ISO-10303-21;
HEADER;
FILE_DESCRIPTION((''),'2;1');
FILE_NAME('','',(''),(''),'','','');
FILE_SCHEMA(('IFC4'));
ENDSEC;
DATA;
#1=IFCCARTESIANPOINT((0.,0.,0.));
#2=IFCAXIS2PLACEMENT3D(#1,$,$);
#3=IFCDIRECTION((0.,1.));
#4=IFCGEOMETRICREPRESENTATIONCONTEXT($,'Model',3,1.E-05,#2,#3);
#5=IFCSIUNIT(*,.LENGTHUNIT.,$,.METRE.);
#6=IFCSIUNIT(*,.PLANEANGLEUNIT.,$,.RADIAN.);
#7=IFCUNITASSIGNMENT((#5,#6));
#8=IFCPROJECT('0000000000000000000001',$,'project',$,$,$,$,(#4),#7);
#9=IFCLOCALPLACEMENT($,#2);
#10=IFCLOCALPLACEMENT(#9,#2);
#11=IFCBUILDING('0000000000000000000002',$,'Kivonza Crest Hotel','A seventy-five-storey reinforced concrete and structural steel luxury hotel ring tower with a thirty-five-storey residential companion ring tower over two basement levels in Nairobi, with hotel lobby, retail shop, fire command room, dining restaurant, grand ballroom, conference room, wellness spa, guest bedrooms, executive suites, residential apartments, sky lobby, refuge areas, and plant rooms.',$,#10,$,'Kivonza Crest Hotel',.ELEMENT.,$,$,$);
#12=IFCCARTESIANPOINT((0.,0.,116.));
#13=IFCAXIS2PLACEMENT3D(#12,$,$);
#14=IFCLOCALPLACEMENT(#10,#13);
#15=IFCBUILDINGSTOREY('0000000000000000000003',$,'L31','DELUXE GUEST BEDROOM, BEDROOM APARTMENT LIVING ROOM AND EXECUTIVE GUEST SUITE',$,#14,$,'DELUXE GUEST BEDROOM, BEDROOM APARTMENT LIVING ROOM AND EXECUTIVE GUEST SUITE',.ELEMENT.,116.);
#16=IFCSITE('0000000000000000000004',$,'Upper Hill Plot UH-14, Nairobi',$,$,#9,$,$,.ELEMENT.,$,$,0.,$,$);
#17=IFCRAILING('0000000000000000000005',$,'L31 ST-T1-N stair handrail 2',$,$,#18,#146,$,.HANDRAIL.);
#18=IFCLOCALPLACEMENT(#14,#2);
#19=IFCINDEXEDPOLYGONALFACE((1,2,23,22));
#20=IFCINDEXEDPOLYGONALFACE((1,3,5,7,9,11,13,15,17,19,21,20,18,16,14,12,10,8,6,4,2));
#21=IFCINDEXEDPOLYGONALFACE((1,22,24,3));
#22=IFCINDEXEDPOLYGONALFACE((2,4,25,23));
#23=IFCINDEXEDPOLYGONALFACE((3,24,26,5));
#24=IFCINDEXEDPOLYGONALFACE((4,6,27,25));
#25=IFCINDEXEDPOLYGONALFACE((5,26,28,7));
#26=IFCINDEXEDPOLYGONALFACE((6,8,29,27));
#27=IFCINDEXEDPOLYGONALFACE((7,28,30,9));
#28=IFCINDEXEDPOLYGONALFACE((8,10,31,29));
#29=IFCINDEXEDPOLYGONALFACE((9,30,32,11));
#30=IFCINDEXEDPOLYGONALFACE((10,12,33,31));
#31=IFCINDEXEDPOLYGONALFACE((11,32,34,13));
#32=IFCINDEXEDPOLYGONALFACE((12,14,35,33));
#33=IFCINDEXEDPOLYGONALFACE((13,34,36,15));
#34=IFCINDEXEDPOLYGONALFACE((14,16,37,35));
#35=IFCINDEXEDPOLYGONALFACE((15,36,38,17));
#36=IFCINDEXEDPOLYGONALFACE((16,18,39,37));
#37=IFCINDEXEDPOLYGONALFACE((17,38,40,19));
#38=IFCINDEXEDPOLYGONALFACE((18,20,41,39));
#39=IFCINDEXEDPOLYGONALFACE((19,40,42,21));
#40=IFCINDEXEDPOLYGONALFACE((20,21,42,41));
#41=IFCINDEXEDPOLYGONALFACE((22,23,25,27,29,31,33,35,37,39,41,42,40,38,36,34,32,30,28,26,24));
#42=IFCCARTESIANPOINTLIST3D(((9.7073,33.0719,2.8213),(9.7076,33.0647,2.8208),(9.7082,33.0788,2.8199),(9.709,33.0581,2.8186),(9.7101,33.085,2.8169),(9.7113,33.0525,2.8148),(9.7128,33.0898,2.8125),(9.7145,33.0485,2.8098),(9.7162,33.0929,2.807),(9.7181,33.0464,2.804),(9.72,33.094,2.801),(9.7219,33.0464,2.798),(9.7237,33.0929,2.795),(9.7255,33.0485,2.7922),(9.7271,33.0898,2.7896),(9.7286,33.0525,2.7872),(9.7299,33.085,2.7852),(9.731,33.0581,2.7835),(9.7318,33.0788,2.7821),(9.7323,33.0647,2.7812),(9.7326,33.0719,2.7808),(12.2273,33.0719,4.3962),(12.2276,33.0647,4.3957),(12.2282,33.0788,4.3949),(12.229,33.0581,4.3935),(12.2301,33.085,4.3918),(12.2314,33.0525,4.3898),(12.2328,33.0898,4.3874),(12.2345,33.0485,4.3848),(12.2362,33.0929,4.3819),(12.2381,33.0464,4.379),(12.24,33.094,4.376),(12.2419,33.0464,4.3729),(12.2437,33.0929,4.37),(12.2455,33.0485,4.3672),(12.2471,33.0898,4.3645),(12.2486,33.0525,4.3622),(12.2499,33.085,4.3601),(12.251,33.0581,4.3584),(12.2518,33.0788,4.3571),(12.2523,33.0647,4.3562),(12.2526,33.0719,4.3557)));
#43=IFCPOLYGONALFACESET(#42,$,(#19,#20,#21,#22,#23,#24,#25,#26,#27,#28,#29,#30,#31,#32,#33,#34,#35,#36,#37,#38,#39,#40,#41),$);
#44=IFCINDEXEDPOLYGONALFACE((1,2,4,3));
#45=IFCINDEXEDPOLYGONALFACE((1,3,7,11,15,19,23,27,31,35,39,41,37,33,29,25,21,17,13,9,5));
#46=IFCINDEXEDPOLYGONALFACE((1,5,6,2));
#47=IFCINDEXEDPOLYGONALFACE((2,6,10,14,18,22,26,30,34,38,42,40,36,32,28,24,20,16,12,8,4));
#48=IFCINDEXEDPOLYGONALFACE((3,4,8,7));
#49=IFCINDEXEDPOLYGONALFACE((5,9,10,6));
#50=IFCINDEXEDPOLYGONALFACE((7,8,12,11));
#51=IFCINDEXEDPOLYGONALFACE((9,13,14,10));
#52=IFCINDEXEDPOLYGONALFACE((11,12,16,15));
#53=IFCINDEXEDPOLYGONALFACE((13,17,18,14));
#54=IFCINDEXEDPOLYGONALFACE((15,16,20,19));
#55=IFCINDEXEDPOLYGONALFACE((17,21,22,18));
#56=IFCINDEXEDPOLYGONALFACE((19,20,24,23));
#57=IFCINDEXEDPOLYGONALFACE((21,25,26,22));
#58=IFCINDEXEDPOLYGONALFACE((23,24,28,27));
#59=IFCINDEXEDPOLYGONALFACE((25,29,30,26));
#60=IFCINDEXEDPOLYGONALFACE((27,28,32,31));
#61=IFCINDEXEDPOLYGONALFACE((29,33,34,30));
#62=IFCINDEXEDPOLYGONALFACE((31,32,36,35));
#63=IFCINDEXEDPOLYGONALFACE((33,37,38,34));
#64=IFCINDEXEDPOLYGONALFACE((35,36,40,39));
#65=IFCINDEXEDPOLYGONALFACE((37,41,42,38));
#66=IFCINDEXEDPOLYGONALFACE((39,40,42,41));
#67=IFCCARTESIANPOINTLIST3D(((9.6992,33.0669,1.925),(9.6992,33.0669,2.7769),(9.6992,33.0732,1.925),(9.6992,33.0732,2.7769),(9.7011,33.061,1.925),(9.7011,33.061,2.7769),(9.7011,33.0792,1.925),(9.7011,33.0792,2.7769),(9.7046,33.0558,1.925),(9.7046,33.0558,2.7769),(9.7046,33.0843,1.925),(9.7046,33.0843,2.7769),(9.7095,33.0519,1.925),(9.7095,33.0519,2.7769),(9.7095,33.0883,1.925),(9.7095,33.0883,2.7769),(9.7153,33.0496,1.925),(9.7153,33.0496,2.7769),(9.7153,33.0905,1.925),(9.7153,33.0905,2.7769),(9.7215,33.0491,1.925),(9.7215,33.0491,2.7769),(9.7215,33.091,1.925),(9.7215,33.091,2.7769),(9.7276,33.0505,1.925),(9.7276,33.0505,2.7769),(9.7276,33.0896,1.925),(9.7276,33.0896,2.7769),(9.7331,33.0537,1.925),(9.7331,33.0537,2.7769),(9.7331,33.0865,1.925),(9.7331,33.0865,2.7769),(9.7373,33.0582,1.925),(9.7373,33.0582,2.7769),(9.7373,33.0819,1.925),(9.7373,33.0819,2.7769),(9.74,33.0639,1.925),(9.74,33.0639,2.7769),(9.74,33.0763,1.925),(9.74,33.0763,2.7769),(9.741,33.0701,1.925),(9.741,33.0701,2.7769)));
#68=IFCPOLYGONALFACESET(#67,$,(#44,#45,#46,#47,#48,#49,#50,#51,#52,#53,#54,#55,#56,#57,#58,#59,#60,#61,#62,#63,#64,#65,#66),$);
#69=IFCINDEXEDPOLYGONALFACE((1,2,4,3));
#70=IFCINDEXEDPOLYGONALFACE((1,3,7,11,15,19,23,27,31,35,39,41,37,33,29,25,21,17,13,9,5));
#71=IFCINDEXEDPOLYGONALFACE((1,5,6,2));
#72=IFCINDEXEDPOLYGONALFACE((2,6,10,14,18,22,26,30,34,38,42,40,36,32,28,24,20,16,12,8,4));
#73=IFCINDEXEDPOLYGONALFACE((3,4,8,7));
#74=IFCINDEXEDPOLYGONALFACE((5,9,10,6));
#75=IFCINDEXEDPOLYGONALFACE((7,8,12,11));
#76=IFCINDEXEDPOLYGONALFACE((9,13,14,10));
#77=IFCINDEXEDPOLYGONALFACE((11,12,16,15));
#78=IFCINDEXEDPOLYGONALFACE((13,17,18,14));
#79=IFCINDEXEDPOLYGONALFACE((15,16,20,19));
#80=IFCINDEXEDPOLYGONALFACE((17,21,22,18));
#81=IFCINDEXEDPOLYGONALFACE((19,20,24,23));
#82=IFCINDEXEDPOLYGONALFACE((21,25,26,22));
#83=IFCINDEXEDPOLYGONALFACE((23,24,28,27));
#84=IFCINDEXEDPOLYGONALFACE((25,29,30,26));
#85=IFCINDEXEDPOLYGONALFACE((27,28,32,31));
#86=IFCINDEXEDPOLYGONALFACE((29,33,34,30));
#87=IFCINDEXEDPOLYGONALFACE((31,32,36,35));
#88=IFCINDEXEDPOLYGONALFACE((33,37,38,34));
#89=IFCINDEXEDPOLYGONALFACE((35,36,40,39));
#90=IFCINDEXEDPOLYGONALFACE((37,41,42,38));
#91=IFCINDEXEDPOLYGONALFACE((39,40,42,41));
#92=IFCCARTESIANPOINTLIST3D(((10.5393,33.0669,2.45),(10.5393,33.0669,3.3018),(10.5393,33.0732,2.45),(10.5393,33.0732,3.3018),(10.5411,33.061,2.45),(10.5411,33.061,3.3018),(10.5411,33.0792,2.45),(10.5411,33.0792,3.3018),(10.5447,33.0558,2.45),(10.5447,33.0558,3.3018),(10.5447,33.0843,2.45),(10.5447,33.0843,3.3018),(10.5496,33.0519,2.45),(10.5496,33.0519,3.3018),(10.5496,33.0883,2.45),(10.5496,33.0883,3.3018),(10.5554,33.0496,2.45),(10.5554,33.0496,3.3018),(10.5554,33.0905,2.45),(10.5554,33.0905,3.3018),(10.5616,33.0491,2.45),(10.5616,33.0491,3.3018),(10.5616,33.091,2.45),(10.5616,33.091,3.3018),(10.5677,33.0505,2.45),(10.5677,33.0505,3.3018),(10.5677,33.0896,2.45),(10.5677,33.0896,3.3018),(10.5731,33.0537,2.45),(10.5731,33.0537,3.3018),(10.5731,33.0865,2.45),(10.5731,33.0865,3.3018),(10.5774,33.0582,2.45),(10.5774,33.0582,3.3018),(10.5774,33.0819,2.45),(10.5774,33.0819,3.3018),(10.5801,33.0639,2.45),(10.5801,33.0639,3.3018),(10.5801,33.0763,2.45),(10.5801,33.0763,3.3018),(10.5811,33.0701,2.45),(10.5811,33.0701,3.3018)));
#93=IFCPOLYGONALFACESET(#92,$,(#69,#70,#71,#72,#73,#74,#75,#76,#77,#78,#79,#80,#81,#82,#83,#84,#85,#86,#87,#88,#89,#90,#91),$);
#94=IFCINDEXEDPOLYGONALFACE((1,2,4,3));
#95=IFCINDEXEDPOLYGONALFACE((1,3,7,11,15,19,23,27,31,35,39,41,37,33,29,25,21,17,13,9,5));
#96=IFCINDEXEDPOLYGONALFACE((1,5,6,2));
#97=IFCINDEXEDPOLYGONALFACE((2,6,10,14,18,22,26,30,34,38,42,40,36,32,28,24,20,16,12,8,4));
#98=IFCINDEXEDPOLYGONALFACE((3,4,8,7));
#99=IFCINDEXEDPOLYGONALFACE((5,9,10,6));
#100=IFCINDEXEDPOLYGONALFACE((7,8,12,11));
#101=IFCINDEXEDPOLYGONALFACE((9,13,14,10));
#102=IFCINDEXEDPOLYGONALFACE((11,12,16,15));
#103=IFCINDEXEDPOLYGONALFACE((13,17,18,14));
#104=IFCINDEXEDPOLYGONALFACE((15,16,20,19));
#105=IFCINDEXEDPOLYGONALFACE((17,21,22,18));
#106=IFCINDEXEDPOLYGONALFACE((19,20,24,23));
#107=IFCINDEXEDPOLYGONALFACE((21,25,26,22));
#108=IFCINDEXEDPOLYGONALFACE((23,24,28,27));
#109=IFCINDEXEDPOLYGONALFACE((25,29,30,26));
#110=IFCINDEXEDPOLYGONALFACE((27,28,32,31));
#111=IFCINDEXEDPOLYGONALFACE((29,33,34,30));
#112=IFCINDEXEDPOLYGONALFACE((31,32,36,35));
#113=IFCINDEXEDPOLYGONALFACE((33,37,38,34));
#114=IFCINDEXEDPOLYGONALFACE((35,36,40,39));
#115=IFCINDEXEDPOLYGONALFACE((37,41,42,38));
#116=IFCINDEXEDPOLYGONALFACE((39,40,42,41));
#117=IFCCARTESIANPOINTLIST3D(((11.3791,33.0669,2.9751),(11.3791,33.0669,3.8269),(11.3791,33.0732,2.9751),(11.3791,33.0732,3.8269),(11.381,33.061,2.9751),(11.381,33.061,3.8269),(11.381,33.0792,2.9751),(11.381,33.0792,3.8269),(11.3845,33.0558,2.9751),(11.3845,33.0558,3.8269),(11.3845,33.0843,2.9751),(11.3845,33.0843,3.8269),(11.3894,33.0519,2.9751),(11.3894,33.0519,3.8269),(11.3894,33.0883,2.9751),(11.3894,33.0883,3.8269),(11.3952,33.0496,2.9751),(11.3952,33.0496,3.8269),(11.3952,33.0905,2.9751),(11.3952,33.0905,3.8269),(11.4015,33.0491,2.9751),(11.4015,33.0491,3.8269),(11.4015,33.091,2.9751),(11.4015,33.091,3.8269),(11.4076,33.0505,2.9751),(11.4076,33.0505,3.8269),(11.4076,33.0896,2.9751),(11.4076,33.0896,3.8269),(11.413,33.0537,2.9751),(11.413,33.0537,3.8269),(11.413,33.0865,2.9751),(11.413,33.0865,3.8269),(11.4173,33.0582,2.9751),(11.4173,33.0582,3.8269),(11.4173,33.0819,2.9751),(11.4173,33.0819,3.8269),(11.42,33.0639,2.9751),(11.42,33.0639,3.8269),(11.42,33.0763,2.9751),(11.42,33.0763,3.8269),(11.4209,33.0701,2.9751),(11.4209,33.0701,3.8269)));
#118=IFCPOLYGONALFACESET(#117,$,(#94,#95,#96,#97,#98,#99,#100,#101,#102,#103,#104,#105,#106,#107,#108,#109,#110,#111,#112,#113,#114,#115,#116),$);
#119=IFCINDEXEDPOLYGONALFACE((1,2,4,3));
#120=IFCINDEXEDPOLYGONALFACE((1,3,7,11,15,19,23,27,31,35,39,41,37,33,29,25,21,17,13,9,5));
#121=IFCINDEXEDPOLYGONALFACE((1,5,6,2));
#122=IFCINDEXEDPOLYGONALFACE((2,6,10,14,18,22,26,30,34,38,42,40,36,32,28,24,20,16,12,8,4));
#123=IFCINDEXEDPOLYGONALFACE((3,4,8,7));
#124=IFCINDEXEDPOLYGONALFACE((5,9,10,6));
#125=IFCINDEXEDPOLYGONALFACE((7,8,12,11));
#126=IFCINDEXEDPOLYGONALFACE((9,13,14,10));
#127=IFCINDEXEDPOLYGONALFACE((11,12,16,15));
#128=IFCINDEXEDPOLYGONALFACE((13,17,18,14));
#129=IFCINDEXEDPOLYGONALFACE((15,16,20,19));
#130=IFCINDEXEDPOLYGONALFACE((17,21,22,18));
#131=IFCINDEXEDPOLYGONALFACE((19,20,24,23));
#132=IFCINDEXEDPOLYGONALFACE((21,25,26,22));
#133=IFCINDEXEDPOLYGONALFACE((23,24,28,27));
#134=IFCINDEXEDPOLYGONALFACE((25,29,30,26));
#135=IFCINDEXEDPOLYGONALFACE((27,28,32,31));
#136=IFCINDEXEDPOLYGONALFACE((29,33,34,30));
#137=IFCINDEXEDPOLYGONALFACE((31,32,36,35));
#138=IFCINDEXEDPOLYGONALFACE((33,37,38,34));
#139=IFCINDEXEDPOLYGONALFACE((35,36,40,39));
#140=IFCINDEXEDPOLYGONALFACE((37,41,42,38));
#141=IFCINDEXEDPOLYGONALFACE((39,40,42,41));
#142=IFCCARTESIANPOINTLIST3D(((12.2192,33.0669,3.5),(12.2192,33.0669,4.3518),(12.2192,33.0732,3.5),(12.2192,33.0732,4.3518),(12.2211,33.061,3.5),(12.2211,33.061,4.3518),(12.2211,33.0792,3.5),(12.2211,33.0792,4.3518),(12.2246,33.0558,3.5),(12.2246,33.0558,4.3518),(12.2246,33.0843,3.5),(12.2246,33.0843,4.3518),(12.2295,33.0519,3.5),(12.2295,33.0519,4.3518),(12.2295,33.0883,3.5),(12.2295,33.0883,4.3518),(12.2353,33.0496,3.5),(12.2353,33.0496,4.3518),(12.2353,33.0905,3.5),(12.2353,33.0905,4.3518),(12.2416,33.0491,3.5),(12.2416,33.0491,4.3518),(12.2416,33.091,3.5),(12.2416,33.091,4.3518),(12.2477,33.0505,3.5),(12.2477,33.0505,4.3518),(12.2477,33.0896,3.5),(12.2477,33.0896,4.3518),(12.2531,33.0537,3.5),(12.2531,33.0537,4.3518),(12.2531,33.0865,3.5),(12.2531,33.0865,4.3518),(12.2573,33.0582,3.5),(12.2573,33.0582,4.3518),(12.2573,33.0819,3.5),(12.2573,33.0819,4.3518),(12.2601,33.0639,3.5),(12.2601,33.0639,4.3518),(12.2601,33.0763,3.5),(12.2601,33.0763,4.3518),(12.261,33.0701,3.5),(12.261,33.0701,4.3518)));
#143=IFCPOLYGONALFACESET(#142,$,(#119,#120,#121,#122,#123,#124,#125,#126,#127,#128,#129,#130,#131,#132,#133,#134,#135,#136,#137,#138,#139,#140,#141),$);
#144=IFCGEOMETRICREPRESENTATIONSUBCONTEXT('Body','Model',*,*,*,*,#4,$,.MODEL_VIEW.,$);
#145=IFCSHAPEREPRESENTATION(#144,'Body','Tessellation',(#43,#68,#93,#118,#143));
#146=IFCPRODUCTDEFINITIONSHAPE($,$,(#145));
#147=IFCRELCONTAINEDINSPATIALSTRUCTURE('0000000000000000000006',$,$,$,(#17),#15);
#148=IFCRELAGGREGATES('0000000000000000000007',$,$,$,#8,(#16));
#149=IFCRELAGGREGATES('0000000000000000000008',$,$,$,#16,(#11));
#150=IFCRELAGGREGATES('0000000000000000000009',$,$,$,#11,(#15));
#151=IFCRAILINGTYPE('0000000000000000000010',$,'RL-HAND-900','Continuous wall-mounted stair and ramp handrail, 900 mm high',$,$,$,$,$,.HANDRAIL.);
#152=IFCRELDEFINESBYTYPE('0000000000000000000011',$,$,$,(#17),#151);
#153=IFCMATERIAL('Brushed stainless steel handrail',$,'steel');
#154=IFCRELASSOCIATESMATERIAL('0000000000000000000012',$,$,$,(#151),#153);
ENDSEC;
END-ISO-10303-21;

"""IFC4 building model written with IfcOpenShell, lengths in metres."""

from ifc_helpers import new_model, si_unit, direction, frame, origin, origin_2d, place, context, subcontext, project, spatial, circle, extrude, material, type_object, element, save


model = new_model("IFC4")

# Units and contexts
model_context = context("Model", 3, precision=1e-05, world=origin(), true_north=direction((0.0, 1.0)))
body_context = subcontext(model_context, "Body", "Model", "MODEL_VIEW")
ifc_project = project(units=[si_unit("LENGTHUNIT", "METRE"), si_unit("PLANEANGLEUNIT", "RADIAN")], contexts=[model_context])

# Site, building, storey
site_placement = place(None, origin())
site = spatial("IfcSite", under=ifc_project, at=site_placement, Name="Upper Hill Plot UH-14, Nairobi", CompositionType="ELEMENT", RefElevation=0.0)
building_placement = place(site_placement, origin())
building = spatial("IfcBuilding", under=site, at=building_placement, Name="Kivonza Crest Hotel", Description="A seventy-five-storey reinforced concrete and structural steel luxury hotel ring tower with a thirty-five-storey residential companion ring tower over two basement levels in Nairobi, with hotel lobby, retail shop, fire command room, dining restaurant, grand ballroom, conference room, wellness spa, guest bedrooms, executive suites, residential apartments, sky lobby, refuge areas, and plant rooms.", LongName="Kivonza Crest Hotel", CompositionType="ELEMENT")
storey_placement = place(building_placement, frame((0.0, 0.0, 116.0)))
storey = spatial("IfcBuildingStorey", under=building, at=storey_placement, Name="L31", Description="DELUXE GUEST BEDROOM, BEDROOM APARTMENT LIVING ROOM AND EXECUTIVE GUEST SUITE", LongName="DELUXE GUEST BEDROOM, BEDROOM APARTMENT LIVING ROOM AND EXECUTIVE GUEST SUITE", CompositionType="ELEMENT", Elevation=116.0)

# Railing
ifc_material_1 = material(Name="Brushed stainless steel handrail", Category="steel")
railing_type_1 = type_object("IfcRailingType", Name="RL-HAND-900", Description="Continuous wall-mounted stair and ramp handrail, 900 mm high", PredefinedType="HANDRAIL", material=ifc_material_1)
railing_1_placement = place(storey_placement, frame((9.72, 33.0701, 1.925)))
element("IfcRailing", 1, at=railing_1_placement, inside=storey, type_object=railing_type_1, Name="L31 ST-T1-N stair handrail 2", PredefinedType="HANDRAIL", context=body_context, shape_type="SweptSolid", body=[
    extrude(circle(Radius=0.0239, at=origin_2d()), frame((0.0, 0.0, 0.876), z_axis=(0.848008, 0.0, 0.529984), x_axis=(0.0, 1.0, 0.0)), (0.0, 0.0, 1.0), 2.9717),
    extrude(circle(Radius=0.021, at=origin_2d()), origin(), (0.0, 0.0, 1.0), 0.8518),
    extrude(circle(Radius=0.021, at=origin_2d()), frame((0.8401, 0.0, 0.5249)), (0.0, 0.0, 1.0), 0.8518),
    extrude(circle(Radius=0.021, at=origin_2d()), frame((1.6799, 0.0, 1.05)), (0.0, 0.0, 1.0), 0.8518),
    extrude(circle(Radius=0.021, at=origin_2d()), frame((2.52, 0.0, 1.575)), (0.0, 0.0, 1.0), 0.8518),
])

save(model, "model.ifc")
